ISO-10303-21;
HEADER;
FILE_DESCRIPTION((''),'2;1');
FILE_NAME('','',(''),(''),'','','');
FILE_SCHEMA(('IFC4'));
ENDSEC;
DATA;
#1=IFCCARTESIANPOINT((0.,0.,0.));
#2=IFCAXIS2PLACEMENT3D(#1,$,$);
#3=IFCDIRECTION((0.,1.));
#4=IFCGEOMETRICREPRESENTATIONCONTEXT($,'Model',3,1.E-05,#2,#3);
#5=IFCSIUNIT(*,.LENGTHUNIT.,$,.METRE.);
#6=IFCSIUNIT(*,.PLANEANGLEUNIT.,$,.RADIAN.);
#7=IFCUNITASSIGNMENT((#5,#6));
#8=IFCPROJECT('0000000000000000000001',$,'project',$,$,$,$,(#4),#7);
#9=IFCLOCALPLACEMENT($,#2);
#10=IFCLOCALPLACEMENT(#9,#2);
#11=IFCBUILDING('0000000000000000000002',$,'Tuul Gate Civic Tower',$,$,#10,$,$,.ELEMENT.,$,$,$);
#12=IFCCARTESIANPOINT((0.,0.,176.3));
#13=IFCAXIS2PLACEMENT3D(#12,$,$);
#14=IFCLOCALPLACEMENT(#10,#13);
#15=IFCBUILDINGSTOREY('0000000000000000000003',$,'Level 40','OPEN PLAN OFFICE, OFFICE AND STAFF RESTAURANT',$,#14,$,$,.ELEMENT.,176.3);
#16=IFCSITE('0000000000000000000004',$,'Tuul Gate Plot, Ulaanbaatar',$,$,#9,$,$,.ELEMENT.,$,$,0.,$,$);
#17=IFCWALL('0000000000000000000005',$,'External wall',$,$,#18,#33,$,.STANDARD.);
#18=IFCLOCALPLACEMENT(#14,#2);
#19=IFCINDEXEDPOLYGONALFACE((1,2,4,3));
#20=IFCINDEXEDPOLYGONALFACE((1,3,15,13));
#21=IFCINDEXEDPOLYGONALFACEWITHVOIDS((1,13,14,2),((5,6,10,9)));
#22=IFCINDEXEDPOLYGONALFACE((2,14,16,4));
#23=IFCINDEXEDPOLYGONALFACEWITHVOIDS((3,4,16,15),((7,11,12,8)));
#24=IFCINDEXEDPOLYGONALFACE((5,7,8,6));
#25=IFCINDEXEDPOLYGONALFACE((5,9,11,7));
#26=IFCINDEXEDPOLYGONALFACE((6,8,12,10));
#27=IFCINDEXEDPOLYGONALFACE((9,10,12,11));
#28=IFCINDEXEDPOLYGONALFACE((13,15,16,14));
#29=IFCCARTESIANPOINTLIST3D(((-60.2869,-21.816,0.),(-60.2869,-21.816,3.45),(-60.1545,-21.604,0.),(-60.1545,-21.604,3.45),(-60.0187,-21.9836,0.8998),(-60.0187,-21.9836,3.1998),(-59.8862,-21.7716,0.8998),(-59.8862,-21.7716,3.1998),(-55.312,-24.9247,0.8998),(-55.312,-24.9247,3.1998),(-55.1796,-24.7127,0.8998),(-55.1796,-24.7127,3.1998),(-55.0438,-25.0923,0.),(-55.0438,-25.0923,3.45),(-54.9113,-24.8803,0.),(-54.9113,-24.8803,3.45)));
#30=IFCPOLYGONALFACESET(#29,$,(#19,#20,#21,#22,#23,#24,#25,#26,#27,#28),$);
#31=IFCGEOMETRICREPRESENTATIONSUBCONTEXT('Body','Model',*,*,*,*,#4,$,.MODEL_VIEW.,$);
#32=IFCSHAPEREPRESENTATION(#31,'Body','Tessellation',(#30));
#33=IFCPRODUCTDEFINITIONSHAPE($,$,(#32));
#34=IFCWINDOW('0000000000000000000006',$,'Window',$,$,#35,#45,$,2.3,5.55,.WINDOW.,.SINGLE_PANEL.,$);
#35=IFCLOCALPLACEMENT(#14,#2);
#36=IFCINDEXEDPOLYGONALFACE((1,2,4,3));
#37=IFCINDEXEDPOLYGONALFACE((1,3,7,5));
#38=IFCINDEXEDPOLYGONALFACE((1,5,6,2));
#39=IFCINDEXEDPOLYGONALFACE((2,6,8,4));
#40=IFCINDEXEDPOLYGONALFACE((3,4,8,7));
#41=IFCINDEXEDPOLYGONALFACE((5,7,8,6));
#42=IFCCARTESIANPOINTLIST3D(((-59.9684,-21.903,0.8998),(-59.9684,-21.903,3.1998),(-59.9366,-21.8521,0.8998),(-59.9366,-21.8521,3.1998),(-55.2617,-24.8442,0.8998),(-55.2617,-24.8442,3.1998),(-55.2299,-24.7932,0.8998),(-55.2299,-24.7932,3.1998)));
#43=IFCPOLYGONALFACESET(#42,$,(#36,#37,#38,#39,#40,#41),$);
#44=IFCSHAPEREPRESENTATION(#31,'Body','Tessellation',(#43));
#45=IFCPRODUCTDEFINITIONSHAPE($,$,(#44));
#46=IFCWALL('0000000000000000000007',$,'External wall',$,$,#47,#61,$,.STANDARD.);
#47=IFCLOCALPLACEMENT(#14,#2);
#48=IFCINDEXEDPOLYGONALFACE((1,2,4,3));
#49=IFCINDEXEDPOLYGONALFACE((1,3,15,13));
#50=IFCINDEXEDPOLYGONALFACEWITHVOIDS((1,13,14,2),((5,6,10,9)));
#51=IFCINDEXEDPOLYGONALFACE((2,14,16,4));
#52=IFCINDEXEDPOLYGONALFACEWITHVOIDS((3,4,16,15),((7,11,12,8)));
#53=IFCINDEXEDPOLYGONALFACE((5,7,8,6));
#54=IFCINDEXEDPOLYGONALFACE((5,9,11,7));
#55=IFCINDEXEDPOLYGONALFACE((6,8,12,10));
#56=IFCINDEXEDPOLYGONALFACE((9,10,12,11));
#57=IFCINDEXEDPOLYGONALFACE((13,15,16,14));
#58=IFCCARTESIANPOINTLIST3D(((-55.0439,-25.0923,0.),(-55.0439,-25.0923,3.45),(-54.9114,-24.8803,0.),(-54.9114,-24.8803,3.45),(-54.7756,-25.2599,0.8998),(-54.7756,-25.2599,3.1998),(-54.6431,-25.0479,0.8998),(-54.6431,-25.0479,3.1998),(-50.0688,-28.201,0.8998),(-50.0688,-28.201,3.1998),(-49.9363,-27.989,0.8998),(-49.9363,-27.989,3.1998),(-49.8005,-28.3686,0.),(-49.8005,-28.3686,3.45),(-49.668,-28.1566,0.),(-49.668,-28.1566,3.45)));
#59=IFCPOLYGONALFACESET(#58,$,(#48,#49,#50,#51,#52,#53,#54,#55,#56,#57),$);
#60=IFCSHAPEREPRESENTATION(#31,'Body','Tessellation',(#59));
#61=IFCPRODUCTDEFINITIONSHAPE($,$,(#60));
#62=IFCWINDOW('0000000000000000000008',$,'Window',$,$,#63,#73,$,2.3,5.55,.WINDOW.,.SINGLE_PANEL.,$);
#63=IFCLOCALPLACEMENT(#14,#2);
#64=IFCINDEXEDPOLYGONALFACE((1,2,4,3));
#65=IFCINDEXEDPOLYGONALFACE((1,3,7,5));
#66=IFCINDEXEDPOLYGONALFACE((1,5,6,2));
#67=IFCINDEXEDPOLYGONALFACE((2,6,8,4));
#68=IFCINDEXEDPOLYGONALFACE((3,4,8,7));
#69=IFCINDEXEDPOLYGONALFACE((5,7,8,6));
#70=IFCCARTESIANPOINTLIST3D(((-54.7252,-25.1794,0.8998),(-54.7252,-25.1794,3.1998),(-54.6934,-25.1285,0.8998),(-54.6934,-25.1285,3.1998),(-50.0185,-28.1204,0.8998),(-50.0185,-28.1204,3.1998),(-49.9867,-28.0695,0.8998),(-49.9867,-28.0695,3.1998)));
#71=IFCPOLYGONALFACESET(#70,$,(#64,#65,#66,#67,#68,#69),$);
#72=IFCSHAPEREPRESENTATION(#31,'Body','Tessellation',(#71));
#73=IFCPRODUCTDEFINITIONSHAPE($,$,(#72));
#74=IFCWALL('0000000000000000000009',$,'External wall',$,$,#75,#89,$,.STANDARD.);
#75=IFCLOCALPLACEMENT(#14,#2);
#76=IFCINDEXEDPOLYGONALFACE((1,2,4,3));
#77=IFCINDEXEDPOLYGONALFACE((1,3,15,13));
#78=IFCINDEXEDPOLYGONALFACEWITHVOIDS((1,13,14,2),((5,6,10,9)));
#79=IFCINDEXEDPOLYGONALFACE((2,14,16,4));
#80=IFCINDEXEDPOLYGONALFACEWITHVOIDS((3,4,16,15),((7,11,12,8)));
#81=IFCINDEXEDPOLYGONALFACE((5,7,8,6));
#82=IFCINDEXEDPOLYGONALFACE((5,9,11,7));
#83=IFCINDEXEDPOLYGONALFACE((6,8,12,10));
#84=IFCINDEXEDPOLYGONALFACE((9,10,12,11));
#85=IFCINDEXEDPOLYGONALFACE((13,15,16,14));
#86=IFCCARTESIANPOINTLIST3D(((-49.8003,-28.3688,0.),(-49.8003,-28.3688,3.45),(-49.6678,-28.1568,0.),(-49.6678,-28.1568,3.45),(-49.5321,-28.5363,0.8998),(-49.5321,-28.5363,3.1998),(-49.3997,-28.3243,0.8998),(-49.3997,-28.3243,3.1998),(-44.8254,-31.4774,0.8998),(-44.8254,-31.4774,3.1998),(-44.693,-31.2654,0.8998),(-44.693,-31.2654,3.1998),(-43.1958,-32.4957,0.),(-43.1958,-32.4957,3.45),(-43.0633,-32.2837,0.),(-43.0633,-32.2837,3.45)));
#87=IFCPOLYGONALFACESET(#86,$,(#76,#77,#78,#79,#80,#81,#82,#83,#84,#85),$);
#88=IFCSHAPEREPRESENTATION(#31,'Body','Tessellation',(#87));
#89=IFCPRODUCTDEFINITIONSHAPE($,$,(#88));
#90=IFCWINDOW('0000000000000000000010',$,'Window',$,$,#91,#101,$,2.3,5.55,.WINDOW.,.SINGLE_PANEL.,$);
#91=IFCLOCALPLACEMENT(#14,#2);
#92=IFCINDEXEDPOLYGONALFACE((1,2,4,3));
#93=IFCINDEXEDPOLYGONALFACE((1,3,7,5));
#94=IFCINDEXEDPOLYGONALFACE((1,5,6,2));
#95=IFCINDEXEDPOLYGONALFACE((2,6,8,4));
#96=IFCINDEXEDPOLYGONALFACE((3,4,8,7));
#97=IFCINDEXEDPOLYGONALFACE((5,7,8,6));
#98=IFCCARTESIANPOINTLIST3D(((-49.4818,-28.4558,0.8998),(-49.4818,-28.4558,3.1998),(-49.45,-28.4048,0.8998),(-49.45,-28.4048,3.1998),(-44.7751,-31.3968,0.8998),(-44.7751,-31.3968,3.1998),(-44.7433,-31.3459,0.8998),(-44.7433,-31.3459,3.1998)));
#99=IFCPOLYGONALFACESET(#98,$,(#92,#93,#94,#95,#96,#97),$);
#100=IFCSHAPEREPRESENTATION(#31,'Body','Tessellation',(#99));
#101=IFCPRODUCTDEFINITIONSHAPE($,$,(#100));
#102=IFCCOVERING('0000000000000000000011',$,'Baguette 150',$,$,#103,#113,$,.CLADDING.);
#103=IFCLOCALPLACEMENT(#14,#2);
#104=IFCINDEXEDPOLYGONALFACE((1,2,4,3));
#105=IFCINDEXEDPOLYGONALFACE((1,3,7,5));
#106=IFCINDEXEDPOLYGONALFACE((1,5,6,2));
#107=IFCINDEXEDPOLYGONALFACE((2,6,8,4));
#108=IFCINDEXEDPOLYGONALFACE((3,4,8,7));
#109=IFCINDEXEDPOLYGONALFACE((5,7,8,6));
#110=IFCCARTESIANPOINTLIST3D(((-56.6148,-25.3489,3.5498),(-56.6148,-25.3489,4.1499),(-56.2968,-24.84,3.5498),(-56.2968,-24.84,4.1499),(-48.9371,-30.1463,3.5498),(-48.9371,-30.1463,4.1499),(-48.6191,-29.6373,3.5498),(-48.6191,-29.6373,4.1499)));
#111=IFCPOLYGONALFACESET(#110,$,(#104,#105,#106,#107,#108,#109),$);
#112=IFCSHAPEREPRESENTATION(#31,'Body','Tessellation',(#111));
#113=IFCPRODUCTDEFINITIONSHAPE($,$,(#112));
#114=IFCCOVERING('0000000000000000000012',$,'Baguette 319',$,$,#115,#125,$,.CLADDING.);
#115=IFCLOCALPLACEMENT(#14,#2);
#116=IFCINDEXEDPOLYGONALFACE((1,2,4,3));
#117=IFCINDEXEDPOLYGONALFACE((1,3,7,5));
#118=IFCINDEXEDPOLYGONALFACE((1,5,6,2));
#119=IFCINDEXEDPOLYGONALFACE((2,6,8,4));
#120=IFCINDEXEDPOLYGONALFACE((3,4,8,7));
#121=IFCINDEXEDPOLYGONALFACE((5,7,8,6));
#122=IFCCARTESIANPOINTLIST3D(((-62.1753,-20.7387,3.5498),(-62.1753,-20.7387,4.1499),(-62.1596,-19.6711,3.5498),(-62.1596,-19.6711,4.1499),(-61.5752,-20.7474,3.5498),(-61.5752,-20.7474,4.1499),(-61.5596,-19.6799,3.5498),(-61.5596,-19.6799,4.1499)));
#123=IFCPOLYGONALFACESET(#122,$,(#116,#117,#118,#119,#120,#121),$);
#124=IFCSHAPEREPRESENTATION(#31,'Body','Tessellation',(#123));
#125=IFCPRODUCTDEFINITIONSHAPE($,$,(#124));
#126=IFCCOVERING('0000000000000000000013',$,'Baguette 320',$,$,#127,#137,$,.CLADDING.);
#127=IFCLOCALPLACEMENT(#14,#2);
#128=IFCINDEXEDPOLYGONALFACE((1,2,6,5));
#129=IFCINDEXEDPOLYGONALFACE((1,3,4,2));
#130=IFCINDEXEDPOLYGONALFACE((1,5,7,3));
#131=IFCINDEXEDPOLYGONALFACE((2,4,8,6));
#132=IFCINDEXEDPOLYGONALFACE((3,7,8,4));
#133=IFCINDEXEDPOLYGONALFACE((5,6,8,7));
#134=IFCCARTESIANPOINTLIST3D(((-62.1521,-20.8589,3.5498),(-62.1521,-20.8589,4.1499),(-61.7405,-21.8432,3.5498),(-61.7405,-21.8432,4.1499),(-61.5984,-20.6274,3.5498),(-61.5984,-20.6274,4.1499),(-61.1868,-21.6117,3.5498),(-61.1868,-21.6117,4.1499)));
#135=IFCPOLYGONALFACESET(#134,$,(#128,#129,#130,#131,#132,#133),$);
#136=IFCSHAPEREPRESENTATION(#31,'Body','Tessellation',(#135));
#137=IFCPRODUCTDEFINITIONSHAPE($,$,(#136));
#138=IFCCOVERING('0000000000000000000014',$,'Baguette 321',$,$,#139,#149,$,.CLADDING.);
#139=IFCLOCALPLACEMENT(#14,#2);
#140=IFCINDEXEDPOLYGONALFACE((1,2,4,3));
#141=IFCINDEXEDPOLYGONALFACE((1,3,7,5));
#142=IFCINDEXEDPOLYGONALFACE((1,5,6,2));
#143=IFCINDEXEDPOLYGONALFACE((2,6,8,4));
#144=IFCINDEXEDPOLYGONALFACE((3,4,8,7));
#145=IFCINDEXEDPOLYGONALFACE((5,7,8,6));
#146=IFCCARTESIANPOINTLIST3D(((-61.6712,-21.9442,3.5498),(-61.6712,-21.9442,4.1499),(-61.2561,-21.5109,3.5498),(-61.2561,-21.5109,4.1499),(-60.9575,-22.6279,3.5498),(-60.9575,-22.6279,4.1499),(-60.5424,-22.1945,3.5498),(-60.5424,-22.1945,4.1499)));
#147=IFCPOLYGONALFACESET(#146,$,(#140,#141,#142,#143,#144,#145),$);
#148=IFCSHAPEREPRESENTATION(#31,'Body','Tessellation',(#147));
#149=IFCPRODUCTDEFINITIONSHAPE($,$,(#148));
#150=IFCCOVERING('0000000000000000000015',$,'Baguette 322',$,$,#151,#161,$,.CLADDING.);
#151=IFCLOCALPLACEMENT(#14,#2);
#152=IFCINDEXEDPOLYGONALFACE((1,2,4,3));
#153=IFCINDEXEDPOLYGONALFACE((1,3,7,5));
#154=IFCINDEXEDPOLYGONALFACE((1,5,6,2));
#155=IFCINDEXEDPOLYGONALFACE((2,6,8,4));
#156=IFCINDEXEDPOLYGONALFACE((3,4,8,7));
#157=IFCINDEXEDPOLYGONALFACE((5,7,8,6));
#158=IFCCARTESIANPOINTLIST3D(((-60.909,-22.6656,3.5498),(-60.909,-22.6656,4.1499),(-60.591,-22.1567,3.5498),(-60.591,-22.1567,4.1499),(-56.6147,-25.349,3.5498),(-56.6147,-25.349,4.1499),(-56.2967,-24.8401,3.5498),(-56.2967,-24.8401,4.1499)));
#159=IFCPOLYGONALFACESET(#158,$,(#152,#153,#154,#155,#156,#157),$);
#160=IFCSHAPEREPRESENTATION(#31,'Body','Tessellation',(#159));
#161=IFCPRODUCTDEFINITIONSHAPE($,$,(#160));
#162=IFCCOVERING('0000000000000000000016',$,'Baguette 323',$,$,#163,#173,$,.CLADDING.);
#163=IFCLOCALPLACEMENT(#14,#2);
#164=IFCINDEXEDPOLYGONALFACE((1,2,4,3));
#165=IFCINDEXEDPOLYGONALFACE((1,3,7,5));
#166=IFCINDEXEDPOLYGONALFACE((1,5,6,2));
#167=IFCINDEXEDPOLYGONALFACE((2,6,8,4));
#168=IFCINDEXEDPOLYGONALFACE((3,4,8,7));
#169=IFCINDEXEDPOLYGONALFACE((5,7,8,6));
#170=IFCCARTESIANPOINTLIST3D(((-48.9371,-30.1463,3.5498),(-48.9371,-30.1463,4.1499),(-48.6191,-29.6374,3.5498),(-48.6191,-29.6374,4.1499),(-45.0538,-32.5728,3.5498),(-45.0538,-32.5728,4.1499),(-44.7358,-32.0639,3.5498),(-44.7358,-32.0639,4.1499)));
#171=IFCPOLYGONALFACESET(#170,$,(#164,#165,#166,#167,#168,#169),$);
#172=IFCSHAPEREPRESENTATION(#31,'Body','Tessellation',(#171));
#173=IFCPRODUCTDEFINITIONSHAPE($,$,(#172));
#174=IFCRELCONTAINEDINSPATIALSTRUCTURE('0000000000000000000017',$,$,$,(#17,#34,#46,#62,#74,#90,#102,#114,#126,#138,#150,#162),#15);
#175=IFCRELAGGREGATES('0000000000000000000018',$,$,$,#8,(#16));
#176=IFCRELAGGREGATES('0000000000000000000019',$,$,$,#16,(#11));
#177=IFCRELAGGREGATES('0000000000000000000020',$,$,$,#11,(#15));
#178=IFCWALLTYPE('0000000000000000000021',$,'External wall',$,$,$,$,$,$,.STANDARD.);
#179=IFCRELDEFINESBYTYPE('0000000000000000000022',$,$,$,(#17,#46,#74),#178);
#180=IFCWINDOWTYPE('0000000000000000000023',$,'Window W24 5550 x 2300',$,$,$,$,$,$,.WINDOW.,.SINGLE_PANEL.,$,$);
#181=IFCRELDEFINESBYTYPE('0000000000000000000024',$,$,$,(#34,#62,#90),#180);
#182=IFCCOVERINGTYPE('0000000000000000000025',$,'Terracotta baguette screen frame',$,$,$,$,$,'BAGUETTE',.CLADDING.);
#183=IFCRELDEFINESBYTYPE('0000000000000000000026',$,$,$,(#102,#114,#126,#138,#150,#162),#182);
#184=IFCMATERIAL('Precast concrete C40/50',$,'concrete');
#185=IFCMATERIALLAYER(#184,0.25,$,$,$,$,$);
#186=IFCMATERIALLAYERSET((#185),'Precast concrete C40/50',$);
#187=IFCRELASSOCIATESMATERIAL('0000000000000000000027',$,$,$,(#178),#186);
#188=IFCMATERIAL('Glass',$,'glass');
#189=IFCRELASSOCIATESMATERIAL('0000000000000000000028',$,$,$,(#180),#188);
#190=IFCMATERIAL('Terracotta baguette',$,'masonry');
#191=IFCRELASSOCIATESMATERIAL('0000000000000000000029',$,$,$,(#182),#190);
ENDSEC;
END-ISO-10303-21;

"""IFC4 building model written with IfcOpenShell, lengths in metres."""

from ifc_helpers import new_model, si_unit, direction, frame, frame_2d, origin, origin_2d, place, context, subcontext, project, spatial, rectangle, extrude, material, layer, layer_set, material_profile, profile_set, type_object, element, fill, save


model = new_model("IFC4")

# Units and contexts
model_context = context("Model", 3, precision=1e-05, world=origin(), true_north=direction((0.0, 1.0)))
body_context = subcontext(model_context, "Body", "Model", "MODEL_VIEW")
ifc_project = project(units=[si_unit("LENGTHUNIT", "METRE"), si_unit("PLANEANGLEUNIT", "RADIAN")], contexts=[model_context])

# Site, building, storey
site_placement = place(None, origin())
site = spatial("IfcSite", under=ifc_project, at=site_placement, Name="Tuul Gate Plot, Ulaanbaatar", CompositionType="ELEMENT", RefElevation=0.0)
building_placement = place(site_placement, origin())
building = spatial("IfcBuilding", under=site, at=building_placement, Name="Tuul Gate Civic Tower", CompositionType="ELEMENT")
storey_placement = place(building_placement, frame((0.0, 0.0, 176.3)))
storey = spatial("IfcBuildingStorey", under=building, at=storey_placement, Name="Level 40", Description="OPEN PLAN OFFICE, OFFICE AND STAFF RESTAURANT", CompositionType="ELEMENT", Elevation=176.3)

# Shared definitions
ifc_material_1 = material(Name="Precast concrete C40/50", Category="concrete")
ifc_layer_1 = layer(ifc_material_1, 0.25)
ifc_layer_set_1 = layer_set([ifc_layer_1], Name="Precast concrete C40/50")
wall_type_1 = type_object("IfcWallType", Name="External wall", PredefinedType="STANDARD", material=ifc_layer_set_1)

# Walls, openings, windows
wall_1_placement = place(storey_placement, frame((-60.2207, -21.71, 0.0), z_axis=(0.0, 0.0, 1.0), x_axis=(0.848043, -0.529928, 0.0)))
wall_1 = element("IfcWall", 1, at=wall_1_placement, inside=storey, type_object=wall_type_1, Name="External wall", PredefinedType="STANDARD", context=body_context, shape_type="SweptSolid", body=[
    extrude(rectangle(XDim=6.1826, YDim=0.25, at=frame_2d((3.0913, 0.0))), origin(), (0.0, 0.0, 1.0), 3.45),
])
opening_1_placement = place(wall_1_placement, frame((0.3164, 0.0, 0.8999)))
opening_1 = element("IfcOpeningElement", 2, at=opening_1_placement, cuts=wall_1, PredefinedType="OPENING", context=body_context, shape_type="SweptSolid", body=[
    extrude(rectangle(XDim=5.55, YDim=2.3, at=frame_2d((2.7749, 1.1499))), frame((0.0, 0.135, 0.0), z_axis=(0.0, -1.0, 0.0), x_axis=(1.0, 0.0, 0.0)), (0.0, 0.0, 1.0), 0.27),
])
ifc_material_2 = material(Name="Glass", Category="glass")
window_type = type_object("IfcWindowType", Name="Window W24 5550 x 2300", PartitioningType="SINGLE_PANEL", PredefinedType="WINDOW", material=ifc_material_2)
window_1_placement = place(opening_1_placement, origin())
window_1 = element("IfcWindow", 3, at=window_1_placement, inside=storey, type_object=window_type, Name="Window", OverallHeight=2.3, OverallWidth=5.55, PartitioningType="SINGLE_PANEL", PredefinedType="WINDOW", context=body_context, shape_type="SweptSolid", body=[
    extrude(rectangle(XDim=5.55, YDim=2.3, at=frame_2d((2.7749, 1.1499))), frame((0.0, 0.03, 0.0), z_axis=(0.0, -1.0, 0.0), x_axis=(1.0, 0.0, 0.0)), (0.0, 0.0, 1.0), 0.0601),
])
fill(opening_1, window_1)
wall_2_placement = place(storey_placement, frame((-54.9775, -24.9863, 0.0), z_axis=(0.0, 0.0, 1.0), x_axis=(0.848054, -0.52991, 0.0)))
wall_2 = element("IfcWall", 4, at=wall_2_placement, inside=storey, type_object=wall_type_1, Name="External wall", PredefinedType="STANDARD", context=body_context, shape_type="SweptSolid", body=[
    extrude(rectangle(XDim=6.1829, YDim=0.25, at=frame_2d((3.0913, 0.0))), origin(), (0.0, 0.0, 1.0), 3.45),
])
opening_2_placement = place(wall_2_placement, frame((0.3164, 0.0, 0.8999)))
opening_2 = element("IfcOpeningElement", 5, at=opening_2_placement, cuts=wall_2, PredefinedType="OPENING", context=body_context, shape_type="SweptSolid", body=[
    extrude(rectangle(XDim=5.55, YDim=2.3, at=frame_2d((2.7749, 1.1499))), frame((0.0, 0.135, 0.0), z_axis=(0.0, -1.0, 0.0), x_axis=(1.0, 0.0, 0.0)), (0.0, 0.0, 1.0), 0.27),
])
window_2_placement = place(opening_2_placement, origin())
window_2 = element("IfcWindow", 6, at=window_2_placement, inside=storey, type_object=window_type, Name="Window", OverallHeight=2.3, OverallWidth=5.55, PartitioningType="SINGLE_PANEL", PredefinedType="WINDOW", context=body_context, shape_type="SweptSolid", body=[
    extrude(rectangle(XDim=5.55, YDim=2.3, at=frame_2d((2.7749, 1.1499))), frame((0.0, 0.03, 0.0), z_axis=(0.0, -1.0, 0.0), x_axis=(1.0, 0.0, 0.0)), (0.0, 0.0, 1.0), 0.0601),
])
fill(opening_2, window_2)
wall_3_placement = place(storey_placement, frame((-49.7341, -28.2627, 0.0), z_axis=(0.0, 0.0, 1.0), x_axis=(0.848048, -0.52992, 0.0)))
wall_3 = element("IfcWall", 7, at=wall_3_placement, inside=storey, type_object=wall_type_1, Name="External wall", PredefinedType="STANDARD", context=body_context, shape_type="SweptSolid", body=[
    extrude(rectangle(XDim=7.7878, YDim=0.25, at=frame_2d((3.894, 0.0))), origin(), (0.0, 0.0, 1.0), 3.45),
])
opening_3_placement = place(wall_3_placement, frame((0.3164, 0.0, 0.8999)))
opening_3 = element("IfcOpeningElement", 8, at=opening_3_placement, cuts=wall_3, PredefinedType="OPENING", context=body_context, shape_type="SweptSolid", body=[
    extrude(rectangle(XDim=5.55, YDim=2.3, at=frame_2d((2.7749, 1.1499))), frame((0.0, 0.135, 0.0), z_axis=(0.0, -1.0, 0.0), x_axis=(1.0, 0.0, 0.0)), (0.0, 0.0, 1.0), 0.27),
])
window_3_placement = place(opening_3_placement, origin())
window_3 = element("IfcWindow", 9, at=window_3_placement, inside=storey, type_object=window_type, Name="Window", OverallHeight=2.3, OverallWidth=5.55, PartitioningType="SINGLE_PANEL", PredefinedType="WINDOW", context=body_context, shape_type="SweptSolid", body=[
    extrude(rectangle(XDim=5.55, YDim=2.3, at=frame_2d((2.7749, 1.1499))), frame((0.0, 0.03, 0.0), z_axis=(0.0, -1.0, 0.0), x_axis=(1.0, 0.0, 0.0)), (0.0, 0.0, 1.0), 0.0601),
])
fill(opening_3, window_3)

# Coverings
ifc_material_3 = material(Name="Terracotta baguette", Category="masonry")
ifc_material_profile_1 = material_profile(ifc_material_3, rectangle(XDim=0.6001, YDim=0.6001, at=origin_2d()), Name="Terracotta baguette screen frame")
ifc_profile_set_1 = profile_set([ifc_material_profile_1], Name="Terracotta baguette")
covering_type = type_object("IfcCoveringType", Name="Terracotta baguette screen frame", ElementType="BAGUETTE", PredefinedType="CLADDING", material=ifc_profile_set_1)
covering_1_placement = place(storey_placement, frame((-56.4558, -25.0945, 3.8499), z_axis=(0.848059, -0.529902, 0.0), x_axis=(0.529902, 0.848059, 0.0)))
element("IfcCovering", 10, at=covering_1_placement, inside=storey, type_object=covering_type, Name="Baguette 150", PredefinedType="CLADDING", context=body_context, shape_type="SweptSolid", body=[
    extrude(rectangle(XDim=0.6001, YDim=0.6001, at=origin_2d()), origin(), (0.0, 0.0, 1.0), 9.0532),
])
covering_2_placement = place(storey_placement, frame((-61.8596, -19.6755, 3.8499), z_axis=(-0.014634, -0.999893, 0.0), x_axis=(0.999893, -0.014634, 0.0)))
element("IfcCovering", 11, at=covering_2_placement, inside=storey, type_object=covering_type, Name="Baguette 319", PredefinedType="CLADDING", context=body_context, shape_type="SweptSolid", body=[
    extrude(rectangle(XDim=0.6001, YDim=0.6001, at=origin_2d()), origin(), (0.0, 0.0, 1.0), 1.0676),
])
covering_3_placement = place(storey_placement, frame((-61.8752, -20.7432, 3.8499), z_axis=(0.385785, -0.922589, 0.0), x_axis=(0.922589, 0.385785, 0.0)))
element("IfcCovering", 12, at=covering_3_placement, inside=storey, type_object=covering_type, Name="Baguette 320", PredefinedType="CLADDING", context=body_context, shape_type="SweptSolid", body=[
    extrude(rectangle(XDim=0.6001, YDim=0.6001, at=origin_2d()), origin(), (0.0, 0.0, 1.0), 1.0669),
])
covering_4_placement = place(storey_placement, frame((-61.4636, -21.7275, 3.8499), z_axis=(0.722137, -0.69175, 0.0), x_axis=(0.69175, 0.722137, 0.0)))
element("IfcCovering", 13, at=covering_4_placement, inside=storey, type_object=covering_type, Name="Baguette 321", PredefinedType="CLADDING", context=body_context, shape_type="SweptSolid", body=[
    extrude(rectangle(XDim=0.6001, YDim=0.6001, at=origin_2d()), origin(), (0.0, 0.0, 1.0), 0.9883),
])
covering_5_placement = place(storey_placement, frame((-60.75, -22.4111, 3.8499), z_axis=(0.848044, -0.529925, 0.0), x_axis=(0.529925, 0.848044, 0.0)))
element("IfcCovering", 14, at=covering_5_placement, inside=storey, type_object=covering_type, Name="Baguette 322", PredefinedType="CLADDING", context=body_context, shape_type="SweptSolid", body=[
    extrude(rectangle(XDim=0.6001, YDim=0.6001, at=origin_2d()), origin(), (0.0, 0.0, 1.0), 5.0637),
])
covering_6_placement = place(storey_placement, frame((-48.7781, -29.8918, 3.8499), z_axis=(0.848052, -0.529913, 0.0), x_axis=(0.529913, 0.848052, 0.0)))
element("IfcCovering", 15, at=covering_6_placement, inside=storey, type_object=covering_type, Name="Baguette 323", PredefinedType="CLADDING", context=body_context, shape_type="SweptSolid", body=[
    extrude(rectangle(XDim=0.6001, YDim=0.6001, at=origin_2d()), origin(), (0.0, 0.0, 1.0), 4.5791),
])

save(model, "model.ifc")
